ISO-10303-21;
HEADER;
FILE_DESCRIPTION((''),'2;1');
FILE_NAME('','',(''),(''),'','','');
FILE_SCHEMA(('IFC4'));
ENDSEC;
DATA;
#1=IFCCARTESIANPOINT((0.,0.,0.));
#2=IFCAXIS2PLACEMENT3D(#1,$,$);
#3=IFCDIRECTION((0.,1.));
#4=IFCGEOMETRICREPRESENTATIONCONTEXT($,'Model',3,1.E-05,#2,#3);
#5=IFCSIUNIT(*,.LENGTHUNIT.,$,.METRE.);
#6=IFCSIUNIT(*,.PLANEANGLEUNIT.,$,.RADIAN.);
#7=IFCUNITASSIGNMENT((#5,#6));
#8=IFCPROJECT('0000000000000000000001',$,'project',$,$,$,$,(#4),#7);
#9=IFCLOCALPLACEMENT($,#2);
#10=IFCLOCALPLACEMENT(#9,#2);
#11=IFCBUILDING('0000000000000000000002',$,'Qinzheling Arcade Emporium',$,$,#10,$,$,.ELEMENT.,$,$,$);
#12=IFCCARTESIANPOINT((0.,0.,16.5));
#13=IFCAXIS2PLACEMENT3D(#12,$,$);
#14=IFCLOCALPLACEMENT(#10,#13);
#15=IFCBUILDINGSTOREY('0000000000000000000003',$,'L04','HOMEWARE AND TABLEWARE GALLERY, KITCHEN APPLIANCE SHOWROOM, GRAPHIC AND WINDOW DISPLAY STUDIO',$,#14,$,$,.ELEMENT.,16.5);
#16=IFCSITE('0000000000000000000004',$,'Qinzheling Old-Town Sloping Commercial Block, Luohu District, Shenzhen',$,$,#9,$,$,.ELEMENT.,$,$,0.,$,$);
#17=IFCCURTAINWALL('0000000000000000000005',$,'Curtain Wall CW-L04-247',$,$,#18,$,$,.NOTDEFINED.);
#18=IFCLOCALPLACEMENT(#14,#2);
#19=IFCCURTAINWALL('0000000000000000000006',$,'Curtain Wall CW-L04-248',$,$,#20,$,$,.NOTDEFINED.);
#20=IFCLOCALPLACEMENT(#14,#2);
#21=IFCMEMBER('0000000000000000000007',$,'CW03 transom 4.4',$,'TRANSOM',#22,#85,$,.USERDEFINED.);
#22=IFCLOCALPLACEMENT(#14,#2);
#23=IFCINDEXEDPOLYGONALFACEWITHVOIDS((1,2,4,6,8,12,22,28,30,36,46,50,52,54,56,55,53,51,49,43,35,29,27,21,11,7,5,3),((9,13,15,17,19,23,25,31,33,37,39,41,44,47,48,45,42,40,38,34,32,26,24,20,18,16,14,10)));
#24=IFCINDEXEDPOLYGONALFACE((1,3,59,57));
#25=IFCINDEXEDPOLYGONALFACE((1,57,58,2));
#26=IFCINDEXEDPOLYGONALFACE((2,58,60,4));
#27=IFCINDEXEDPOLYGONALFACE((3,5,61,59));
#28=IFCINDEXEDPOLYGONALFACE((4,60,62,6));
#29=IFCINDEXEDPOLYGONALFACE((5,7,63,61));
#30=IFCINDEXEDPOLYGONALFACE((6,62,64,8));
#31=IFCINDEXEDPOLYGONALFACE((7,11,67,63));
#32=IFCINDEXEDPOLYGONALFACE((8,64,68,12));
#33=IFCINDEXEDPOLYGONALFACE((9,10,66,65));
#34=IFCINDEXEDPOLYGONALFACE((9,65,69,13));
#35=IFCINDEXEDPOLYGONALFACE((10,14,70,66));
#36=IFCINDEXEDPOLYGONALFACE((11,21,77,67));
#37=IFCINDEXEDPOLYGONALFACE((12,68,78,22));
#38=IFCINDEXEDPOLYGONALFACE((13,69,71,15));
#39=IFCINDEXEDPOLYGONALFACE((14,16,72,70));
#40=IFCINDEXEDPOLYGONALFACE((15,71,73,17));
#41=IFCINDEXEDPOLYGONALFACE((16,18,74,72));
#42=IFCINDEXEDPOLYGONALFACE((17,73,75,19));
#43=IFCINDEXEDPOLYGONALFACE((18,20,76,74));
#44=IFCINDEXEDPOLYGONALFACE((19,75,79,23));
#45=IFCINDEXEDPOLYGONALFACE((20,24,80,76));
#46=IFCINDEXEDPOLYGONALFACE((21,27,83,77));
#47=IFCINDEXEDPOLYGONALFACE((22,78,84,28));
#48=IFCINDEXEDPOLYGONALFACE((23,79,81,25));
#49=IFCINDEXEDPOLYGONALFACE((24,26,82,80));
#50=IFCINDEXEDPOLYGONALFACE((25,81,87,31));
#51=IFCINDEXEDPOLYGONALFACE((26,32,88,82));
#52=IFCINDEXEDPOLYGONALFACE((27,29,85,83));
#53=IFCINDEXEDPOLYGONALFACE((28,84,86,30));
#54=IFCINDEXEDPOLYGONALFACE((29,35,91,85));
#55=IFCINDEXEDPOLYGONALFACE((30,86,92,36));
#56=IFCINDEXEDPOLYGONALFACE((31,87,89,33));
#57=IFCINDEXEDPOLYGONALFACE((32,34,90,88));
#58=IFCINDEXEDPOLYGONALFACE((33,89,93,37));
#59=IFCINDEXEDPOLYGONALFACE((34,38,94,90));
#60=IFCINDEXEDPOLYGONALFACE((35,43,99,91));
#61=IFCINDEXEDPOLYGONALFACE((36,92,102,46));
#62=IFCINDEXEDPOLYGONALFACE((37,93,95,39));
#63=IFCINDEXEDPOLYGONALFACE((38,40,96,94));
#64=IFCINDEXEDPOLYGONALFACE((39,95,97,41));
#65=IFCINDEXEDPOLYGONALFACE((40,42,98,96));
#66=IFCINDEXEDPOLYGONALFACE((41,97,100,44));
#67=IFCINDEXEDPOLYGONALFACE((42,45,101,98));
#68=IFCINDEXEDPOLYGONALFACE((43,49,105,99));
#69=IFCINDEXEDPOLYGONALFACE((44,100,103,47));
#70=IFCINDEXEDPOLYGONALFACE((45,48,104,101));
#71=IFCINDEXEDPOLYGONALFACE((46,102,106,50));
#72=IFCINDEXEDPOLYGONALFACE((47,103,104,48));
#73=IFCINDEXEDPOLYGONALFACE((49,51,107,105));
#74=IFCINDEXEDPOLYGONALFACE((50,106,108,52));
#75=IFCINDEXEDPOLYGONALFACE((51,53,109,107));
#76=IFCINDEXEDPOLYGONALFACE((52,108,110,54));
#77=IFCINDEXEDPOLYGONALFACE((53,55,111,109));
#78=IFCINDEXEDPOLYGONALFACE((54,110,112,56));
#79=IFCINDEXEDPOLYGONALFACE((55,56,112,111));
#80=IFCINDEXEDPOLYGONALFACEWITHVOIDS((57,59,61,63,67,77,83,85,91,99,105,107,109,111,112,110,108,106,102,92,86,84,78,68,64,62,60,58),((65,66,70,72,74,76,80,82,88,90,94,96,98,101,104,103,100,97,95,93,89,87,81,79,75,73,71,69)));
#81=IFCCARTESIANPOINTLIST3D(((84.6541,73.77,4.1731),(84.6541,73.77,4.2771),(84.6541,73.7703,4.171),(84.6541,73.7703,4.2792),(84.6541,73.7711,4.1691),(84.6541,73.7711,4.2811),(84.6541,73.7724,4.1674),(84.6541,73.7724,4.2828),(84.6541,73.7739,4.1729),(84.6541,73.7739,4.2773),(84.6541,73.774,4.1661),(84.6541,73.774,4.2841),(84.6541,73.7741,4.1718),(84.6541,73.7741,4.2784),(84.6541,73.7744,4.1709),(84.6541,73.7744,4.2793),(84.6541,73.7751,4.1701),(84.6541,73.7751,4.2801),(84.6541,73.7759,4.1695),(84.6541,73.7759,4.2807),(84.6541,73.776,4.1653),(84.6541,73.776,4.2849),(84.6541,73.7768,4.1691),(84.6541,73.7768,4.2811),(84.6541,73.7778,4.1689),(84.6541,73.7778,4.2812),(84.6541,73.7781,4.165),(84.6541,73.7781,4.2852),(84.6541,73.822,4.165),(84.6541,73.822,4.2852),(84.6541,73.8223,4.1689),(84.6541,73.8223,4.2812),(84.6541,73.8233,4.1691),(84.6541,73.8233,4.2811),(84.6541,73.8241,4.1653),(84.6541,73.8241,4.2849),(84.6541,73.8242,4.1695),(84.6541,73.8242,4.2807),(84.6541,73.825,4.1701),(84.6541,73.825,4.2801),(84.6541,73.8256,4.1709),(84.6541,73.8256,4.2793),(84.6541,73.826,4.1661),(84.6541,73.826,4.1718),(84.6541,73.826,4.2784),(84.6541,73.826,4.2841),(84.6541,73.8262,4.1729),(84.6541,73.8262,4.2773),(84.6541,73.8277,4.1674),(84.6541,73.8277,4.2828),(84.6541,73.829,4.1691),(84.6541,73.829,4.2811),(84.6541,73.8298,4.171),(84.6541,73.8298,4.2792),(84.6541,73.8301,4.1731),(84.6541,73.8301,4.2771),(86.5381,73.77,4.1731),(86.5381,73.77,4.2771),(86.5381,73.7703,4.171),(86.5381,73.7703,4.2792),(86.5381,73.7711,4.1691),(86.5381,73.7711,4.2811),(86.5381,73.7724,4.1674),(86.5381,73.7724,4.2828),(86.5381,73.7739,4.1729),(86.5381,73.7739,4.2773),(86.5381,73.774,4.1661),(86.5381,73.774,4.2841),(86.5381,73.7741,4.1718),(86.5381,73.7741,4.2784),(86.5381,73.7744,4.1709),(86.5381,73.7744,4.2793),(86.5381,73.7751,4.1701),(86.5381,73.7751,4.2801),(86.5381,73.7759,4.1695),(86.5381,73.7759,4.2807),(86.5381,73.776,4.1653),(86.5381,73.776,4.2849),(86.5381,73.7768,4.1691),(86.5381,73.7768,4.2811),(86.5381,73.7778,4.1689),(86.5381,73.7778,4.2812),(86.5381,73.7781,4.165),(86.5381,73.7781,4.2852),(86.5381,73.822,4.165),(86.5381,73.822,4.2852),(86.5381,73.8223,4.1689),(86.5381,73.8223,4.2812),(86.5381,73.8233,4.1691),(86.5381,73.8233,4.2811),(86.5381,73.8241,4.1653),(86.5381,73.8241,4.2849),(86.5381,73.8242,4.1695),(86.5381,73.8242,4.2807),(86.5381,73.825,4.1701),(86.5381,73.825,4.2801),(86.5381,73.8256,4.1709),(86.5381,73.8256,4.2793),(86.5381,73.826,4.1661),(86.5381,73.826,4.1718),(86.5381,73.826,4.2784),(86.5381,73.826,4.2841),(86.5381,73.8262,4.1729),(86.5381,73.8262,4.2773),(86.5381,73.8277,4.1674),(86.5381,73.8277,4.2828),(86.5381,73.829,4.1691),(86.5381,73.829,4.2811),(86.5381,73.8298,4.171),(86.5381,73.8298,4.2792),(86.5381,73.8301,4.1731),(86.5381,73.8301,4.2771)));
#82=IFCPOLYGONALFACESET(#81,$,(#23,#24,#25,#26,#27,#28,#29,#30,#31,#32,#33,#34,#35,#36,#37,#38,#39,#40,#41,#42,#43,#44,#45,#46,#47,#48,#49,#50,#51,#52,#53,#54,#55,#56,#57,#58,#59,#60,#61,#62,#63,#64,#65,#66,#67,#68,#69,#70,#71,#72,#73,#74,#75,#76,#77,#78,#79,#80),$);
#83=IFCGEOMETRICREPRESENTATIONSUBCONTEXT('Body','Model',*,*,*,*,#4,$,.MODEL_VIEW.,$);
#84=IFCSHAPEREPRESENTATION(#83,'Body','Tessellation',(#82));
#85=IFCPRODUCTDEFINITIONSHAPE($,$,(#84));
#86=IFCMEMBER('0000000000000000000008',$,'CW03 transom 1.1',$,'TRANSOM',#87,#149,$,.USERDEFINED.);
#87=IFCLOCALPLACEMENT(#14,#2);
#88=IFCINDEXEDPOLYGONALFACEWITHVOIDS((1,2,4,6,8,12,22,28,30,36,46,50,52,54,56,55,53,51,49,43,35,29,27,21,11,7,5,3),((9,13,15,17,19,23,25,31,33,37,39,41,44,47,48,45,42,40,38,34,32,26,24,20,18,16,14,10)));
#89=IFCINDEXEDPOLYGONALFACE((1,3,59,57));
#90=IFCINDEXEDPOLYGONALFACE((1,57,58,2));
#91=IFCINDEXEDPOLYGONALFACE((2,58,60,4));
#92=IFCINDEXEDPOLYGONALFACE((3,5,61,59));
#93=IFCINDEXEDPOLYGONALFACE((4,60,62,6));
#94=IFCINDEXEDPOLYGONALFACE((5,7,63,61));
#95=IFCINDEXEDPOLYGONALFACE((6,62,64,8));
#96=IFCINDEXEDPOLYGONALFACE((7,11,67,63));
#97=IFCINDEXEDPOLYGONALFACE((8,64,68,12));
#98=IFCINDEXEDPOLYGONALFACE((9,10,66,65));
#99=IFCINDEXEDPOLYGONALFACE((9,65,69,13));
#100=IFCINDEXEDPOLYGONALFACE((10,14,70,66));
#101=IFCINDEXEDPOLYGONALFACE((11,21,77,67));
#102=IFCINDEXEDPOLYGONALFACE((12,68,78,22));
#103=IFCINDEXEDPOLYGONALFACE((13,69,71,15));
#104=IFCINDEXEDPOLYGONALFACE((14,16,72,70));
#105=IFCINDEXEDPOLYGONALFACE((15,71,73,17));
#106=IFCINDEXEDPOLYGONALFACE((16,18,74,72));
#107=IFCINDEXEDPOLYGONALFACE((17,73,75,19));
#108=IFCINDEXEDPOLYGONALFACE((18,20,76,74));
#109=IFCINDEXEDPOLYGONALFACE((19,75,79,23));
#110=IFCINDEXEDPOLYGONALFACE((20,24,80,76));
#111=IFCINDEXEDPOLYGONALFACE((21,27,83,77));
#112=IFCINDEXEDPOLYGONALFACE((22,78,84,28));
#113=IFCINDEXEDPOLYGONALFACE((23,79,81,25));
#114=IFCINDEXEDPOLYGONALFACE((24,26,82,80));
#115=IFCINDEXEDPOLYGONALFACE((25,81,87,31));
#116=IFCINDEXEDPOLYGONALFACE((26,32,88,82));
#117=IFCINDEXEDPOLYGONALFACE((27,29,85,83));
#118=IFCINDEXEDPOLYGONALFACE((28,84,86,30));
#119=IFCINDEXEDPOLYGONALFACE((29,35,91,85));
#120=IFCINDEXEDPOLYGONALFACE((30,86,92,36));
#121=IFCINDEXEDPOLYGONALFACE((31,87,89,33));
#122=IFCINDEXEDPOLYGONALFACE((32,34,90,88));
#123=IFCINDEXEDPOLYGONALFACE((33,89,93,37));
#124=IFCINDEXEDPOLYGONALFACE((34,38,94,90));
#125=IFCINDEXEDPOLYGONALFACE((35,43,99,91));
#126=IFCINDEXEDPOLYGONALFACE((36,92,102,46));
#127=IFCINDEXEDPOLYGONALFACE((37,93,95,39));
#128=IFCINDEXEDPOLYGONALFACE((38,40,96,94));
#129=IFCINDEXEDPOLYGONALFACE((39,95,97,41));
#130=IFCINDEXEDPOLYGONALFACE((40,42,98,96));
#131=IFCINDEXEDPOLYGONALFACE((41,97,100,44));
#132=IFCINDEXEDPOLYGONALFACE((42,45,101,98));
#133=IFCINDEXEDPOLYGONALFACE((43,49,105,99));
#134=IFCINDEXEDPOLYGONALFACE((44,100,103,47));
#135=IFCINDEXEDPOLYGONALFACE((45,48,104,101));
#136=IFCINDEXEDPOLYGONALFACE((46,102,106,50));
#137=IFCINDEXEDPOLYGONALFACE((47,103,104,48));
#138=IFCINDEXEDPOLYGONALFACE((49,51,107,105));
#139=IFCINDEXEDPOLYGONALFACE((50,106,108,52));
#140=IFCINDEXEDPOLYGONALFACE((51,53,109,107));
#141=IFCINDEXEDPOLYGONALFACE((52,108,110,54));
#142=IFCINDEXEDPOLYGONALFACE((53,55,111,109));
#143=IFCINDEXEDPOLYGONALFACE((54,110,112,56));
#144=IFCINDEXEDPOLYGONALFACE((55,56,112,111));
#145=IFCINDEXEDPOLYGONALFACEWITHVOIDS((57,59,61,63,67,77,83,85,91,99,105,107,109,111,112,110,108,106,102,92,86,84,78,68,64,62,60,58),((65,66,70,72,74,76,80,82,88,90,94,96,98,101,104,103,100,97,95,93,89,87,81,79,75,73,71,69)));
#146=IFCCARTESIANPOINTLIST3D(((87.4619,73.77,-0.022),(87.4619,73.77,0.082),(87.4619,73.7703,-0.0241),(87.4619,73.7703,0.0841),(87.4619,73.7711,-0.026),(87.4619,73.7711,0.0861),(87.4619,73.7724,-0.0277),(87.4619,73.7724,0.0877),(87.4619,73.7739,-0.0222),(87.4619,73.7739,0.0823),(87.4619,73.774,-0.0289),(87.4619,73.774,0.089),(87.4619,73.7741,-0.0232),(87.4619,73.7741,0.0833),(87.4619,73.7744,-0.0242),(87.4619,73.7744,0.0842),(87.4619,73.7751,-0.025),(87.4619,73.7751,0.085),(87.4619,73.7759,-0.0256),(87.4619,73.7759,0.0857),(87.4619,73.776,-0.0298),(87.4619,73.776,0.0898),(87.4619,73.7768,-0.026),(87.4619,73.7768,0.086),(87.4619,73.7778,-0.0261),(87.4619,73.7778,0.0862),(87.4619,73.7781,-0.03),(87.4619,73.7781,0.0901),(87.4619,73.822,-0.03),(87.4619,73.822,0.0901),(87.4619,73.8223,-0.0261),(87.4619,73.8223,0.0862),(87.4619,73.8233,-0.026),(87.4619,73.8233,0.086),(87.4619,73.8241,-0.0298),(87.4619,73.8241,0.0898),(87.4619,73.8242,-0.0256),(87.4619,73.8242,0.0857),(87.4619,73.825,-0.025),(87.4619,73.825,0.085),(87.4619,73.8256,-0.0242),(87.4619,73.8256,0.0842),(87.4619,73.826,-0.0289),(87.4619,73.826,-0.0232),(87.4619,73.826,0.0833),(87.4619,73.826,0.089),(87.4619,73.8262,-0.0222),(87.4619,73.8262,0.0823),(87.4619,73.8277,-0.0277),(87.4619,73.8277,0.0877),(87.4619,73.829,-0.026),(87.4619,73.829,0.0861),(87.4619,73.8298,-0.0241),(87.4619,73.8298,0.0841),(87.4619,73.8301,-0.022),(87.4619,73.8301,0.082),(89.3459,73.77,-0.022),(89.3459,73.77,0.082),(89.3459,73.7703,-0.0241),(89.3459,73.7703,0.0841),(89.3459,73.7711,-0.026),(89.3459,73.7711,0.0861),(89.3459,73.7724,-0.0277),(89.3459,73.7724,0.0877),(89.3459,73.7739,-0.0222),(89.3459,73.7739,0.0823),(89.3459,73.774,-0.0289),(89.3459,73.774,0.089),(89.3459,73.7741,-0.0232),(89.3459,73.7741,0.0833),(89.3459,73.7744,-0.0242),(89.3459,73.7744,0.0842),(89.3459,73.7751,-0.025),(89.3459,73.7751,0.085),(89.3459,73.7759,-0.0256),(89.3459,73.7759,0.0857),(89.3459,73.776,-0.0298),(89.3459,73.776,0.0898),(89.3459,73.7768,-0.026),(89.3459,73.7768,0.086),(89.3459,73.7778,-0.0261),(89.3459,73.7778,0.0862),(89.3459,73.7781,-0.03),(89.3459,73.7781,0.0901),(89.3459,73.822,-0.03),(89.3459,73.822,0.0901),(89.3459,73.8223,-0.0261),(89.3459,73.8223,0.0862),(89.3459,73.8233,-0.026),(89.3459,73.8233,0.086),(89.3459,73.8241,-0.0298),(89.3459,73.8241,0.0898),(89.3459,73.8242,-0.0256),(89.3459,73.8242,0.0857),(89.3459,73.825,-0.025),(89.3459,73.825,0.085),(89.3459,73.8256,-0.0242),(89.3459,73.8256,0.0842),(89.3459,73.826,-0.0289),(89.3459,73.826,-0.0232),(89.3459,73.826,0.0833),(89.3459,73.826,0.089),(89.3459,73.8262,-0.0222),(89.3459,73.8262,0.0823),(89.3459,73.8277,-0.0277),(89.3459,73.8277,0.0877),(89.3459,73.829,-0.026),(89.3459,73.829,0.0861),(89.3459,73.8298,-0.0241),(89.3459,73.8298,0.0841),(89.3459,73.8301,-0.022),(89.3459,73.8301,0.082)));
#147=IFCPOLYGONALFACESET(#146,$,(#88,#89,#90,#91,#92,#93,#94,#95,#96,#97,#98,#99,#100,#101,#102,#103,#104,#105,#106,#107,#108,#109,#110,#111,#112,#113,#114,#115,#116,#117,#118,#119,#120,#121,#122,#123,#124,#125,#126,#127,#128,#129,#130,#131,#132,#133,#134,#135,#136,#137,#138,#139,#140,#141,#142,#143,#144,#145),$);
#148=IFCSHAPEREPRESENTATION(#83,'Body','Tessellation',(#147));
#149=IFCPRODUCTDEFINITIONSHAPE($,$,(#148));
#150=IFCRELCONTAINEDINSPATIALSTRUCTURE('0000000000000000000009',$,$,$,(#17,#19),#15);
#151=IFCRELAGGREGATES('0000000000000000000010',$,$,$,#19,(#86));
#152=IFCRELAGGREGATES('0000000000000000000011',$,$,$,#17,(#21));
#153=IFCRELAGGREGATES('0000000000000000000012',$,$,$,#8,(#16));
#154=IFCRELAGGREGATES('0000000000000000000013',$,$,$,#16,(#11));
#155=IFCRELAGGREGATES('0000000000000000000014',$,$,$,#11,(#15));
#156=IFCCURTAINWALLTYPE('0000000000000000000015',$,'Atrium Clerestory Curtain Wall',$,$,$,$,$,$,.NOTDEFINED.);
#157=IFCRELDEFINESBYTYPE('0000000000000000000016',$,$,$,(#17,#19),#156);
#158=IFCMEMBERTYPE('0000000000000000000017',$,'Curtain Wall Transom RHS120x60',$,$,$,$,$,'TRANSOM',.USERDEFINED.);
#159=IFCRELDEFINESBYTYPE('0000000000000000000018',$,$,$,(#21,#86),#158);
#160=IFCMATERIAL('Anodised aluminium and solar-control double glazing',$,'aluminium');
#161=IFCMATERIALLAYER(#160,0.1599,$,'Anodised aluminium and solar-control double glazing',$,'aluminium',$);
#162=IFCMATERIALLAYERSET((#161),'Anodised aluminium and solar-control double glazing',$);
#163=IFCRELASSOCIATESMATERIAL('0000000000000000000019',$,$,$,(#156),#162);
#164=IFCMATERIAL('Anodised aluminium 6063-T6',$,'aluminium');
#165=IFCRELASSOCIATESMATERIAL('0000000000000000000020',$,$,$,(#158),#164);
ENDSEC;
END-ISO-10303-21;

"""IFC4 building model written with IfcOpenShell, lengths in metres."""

from ifc_helpers import new_model, si_unit, direction, frame, origin, origin_2d, place, context, subcontext, project, spatial, hollow_rectangle, extrude, material, layer, layer_set, material_profile, profile_set, type_object, element, aggregate, save


model = new_model("IFC4")

# Units and contexts
model_context = context("Model", 3, precision=1e-05, world=origin(), true_north=direction((0.0, 1.0)))
body_context = subcontext(model_context, "Body", "Model", "MODEL_VIEW")
ifc_project = project(units=[si_unit("LENGTHUNIT", "METRE"), si_unit("PLANEANGLEUNIT", "RADIAN")], contexts=[model_context])

# Site, building, storey
site_placement = place(None, origin())
site = spatial("IfcSite", under=ifc_project, at=site_placement, Name="Qinzheling Old-Town Sloping Commercial Block, Luohu District, Shenzhen", CompositionType="ELEMENT", RefElevation=0.0)
building_placement = place(site_placement, origin())
building = spatial("IfcBuilding", under=site, at=building_placement, Name="Qinzheling Arcade Emporium", CompositionType="ELEMENT")
storey_placement = place(building_placement, frame((0.0, 0.0, 16.5)))
storey = spatial("IfcBuildingStorey", under=building, at=storey_placement, Name="L04", Description="HOMEWARE AND TABLEWARE GALLERY, KITCHEN APPLIANCE SHOWROOM, GRAPHIC AND WINDOW DISPLAY STUDIO", CompositionType="ELEMENT", Elevation=16.5)

# Curtain walls
ifc_material_1 = material(Name="Anodised aluminium and solar-control double glazing", Category="aluminium")
ifc_layer_1 = layer(ifc_material_1, 0.1599, Name="Anodised aluminium and solar-control double glazing", Category="aluminium")
ifc_layer_set_1 = layer_set([ifc_layer_1], Name="Anodised aluminium and solar-control double glazing")
curtain_wall_type = type_object("IfcCurtainWallType", Name="Atrium Clerestory Curtain Wall", PredefinedType="NOTDEFINED", material=ifc_layer_set_1)
curtain_wall_1_placement = place(storey_placement, origin())
curtain_wall_1 = element("IfcCurtainWall", 1, at=curtain_wall_1_placement, inside=storey, type_object=curtain_wall_type, Name="Curtain Wall CW-L04-247", PredefinedType="NOTDEFINED")
ifc_material_2 = material(Name="Anodised aluminium 6063-T6", Category="aluminium")
curtain_wall_2_placement = place(storey_placement, origin())
curtain_wall_2 = element("IfcCurtainWall", 2, at=curtain_wall_2_placement, inside=storey, type_object=curtain_wall_type, Name="Curtain Wall CW-L04-248", PredefinedType="NOTDEFINED")

# Members
ifc_material_profile_1 = material_profile(ifc_material_2, hollow_rectangle(XDim=0.0601, YDim=0.1201, WallThickness=0.0039, InnerFilletRadius=0.0039, OuterFilletRadius=0.0081, at=origin_2d()), Name="RHS 120x60x4", Category="aluminium")
ifc_profile_set_1 = profile_set([ifc_material_profile_1], Name="Anodised aluminium 6063-T6")
member_type_1 = type_object("IfcMemberType", Name="Curtain Wall Transom RHS120x60", ElementType="TRANSOM", PredefinedType="USERDEFINED", material=ifc_profile_set_1)
member_1_placement = place(storey_placement, frame((84.6541, 73.8, 4.2251), z_axis=(1.0, 0.0, 0.0), x_axis=(0.0, 1.0, 0.0)))
member_1 = element("IfcMember", 3, at=member_1_placement, type_object=member_type_1, Name="CW03 transom 4.4", ObjectType="TRANSOM", PredefinedType="USERDEFINED", context=body_context, shape_type="SweptSolid", body=[
    extrude(hollow_rectangle(XDim=0.0601, YDim=0.1201, WallThickness=0.0039, InnerFilletRadius=0.0039, OuterFilletRadius=0.0081, at=origin_2d()), origin(), (0.0, 0.0, 1.0), 1.884),
])
member_2_placement = place(storey_placement, frame((87.4619, 73.8, 0.03), z_axis=(1.0, 0.0, 0.0), x_axis=(0.0, 1.0, 0.0)))
member_2 = element("IfcMember", 4, at=member_2_placement, type_object=member_type_1, Name="CW03 transom 1.1", ObjectType="TRANSOM", PredefinedType="USERDEFINED", context=body_context, shape_type="SweptSolid", body=[
    extrude(hollow_rectangle(XDim=0.0601, YDim=0.1201, WallThickness=0.0039, InnerFilletRadius=0.0039, OuterFilletRadius=0.0081, at=origin_2d()), origin(), (0.0, 0.0, 1.0), 1.884),
])
aggregate(curtain_wall_2, [member_2])

aggregate(curtain_wall_1, [member_1])

save(model, "model.ifc")
